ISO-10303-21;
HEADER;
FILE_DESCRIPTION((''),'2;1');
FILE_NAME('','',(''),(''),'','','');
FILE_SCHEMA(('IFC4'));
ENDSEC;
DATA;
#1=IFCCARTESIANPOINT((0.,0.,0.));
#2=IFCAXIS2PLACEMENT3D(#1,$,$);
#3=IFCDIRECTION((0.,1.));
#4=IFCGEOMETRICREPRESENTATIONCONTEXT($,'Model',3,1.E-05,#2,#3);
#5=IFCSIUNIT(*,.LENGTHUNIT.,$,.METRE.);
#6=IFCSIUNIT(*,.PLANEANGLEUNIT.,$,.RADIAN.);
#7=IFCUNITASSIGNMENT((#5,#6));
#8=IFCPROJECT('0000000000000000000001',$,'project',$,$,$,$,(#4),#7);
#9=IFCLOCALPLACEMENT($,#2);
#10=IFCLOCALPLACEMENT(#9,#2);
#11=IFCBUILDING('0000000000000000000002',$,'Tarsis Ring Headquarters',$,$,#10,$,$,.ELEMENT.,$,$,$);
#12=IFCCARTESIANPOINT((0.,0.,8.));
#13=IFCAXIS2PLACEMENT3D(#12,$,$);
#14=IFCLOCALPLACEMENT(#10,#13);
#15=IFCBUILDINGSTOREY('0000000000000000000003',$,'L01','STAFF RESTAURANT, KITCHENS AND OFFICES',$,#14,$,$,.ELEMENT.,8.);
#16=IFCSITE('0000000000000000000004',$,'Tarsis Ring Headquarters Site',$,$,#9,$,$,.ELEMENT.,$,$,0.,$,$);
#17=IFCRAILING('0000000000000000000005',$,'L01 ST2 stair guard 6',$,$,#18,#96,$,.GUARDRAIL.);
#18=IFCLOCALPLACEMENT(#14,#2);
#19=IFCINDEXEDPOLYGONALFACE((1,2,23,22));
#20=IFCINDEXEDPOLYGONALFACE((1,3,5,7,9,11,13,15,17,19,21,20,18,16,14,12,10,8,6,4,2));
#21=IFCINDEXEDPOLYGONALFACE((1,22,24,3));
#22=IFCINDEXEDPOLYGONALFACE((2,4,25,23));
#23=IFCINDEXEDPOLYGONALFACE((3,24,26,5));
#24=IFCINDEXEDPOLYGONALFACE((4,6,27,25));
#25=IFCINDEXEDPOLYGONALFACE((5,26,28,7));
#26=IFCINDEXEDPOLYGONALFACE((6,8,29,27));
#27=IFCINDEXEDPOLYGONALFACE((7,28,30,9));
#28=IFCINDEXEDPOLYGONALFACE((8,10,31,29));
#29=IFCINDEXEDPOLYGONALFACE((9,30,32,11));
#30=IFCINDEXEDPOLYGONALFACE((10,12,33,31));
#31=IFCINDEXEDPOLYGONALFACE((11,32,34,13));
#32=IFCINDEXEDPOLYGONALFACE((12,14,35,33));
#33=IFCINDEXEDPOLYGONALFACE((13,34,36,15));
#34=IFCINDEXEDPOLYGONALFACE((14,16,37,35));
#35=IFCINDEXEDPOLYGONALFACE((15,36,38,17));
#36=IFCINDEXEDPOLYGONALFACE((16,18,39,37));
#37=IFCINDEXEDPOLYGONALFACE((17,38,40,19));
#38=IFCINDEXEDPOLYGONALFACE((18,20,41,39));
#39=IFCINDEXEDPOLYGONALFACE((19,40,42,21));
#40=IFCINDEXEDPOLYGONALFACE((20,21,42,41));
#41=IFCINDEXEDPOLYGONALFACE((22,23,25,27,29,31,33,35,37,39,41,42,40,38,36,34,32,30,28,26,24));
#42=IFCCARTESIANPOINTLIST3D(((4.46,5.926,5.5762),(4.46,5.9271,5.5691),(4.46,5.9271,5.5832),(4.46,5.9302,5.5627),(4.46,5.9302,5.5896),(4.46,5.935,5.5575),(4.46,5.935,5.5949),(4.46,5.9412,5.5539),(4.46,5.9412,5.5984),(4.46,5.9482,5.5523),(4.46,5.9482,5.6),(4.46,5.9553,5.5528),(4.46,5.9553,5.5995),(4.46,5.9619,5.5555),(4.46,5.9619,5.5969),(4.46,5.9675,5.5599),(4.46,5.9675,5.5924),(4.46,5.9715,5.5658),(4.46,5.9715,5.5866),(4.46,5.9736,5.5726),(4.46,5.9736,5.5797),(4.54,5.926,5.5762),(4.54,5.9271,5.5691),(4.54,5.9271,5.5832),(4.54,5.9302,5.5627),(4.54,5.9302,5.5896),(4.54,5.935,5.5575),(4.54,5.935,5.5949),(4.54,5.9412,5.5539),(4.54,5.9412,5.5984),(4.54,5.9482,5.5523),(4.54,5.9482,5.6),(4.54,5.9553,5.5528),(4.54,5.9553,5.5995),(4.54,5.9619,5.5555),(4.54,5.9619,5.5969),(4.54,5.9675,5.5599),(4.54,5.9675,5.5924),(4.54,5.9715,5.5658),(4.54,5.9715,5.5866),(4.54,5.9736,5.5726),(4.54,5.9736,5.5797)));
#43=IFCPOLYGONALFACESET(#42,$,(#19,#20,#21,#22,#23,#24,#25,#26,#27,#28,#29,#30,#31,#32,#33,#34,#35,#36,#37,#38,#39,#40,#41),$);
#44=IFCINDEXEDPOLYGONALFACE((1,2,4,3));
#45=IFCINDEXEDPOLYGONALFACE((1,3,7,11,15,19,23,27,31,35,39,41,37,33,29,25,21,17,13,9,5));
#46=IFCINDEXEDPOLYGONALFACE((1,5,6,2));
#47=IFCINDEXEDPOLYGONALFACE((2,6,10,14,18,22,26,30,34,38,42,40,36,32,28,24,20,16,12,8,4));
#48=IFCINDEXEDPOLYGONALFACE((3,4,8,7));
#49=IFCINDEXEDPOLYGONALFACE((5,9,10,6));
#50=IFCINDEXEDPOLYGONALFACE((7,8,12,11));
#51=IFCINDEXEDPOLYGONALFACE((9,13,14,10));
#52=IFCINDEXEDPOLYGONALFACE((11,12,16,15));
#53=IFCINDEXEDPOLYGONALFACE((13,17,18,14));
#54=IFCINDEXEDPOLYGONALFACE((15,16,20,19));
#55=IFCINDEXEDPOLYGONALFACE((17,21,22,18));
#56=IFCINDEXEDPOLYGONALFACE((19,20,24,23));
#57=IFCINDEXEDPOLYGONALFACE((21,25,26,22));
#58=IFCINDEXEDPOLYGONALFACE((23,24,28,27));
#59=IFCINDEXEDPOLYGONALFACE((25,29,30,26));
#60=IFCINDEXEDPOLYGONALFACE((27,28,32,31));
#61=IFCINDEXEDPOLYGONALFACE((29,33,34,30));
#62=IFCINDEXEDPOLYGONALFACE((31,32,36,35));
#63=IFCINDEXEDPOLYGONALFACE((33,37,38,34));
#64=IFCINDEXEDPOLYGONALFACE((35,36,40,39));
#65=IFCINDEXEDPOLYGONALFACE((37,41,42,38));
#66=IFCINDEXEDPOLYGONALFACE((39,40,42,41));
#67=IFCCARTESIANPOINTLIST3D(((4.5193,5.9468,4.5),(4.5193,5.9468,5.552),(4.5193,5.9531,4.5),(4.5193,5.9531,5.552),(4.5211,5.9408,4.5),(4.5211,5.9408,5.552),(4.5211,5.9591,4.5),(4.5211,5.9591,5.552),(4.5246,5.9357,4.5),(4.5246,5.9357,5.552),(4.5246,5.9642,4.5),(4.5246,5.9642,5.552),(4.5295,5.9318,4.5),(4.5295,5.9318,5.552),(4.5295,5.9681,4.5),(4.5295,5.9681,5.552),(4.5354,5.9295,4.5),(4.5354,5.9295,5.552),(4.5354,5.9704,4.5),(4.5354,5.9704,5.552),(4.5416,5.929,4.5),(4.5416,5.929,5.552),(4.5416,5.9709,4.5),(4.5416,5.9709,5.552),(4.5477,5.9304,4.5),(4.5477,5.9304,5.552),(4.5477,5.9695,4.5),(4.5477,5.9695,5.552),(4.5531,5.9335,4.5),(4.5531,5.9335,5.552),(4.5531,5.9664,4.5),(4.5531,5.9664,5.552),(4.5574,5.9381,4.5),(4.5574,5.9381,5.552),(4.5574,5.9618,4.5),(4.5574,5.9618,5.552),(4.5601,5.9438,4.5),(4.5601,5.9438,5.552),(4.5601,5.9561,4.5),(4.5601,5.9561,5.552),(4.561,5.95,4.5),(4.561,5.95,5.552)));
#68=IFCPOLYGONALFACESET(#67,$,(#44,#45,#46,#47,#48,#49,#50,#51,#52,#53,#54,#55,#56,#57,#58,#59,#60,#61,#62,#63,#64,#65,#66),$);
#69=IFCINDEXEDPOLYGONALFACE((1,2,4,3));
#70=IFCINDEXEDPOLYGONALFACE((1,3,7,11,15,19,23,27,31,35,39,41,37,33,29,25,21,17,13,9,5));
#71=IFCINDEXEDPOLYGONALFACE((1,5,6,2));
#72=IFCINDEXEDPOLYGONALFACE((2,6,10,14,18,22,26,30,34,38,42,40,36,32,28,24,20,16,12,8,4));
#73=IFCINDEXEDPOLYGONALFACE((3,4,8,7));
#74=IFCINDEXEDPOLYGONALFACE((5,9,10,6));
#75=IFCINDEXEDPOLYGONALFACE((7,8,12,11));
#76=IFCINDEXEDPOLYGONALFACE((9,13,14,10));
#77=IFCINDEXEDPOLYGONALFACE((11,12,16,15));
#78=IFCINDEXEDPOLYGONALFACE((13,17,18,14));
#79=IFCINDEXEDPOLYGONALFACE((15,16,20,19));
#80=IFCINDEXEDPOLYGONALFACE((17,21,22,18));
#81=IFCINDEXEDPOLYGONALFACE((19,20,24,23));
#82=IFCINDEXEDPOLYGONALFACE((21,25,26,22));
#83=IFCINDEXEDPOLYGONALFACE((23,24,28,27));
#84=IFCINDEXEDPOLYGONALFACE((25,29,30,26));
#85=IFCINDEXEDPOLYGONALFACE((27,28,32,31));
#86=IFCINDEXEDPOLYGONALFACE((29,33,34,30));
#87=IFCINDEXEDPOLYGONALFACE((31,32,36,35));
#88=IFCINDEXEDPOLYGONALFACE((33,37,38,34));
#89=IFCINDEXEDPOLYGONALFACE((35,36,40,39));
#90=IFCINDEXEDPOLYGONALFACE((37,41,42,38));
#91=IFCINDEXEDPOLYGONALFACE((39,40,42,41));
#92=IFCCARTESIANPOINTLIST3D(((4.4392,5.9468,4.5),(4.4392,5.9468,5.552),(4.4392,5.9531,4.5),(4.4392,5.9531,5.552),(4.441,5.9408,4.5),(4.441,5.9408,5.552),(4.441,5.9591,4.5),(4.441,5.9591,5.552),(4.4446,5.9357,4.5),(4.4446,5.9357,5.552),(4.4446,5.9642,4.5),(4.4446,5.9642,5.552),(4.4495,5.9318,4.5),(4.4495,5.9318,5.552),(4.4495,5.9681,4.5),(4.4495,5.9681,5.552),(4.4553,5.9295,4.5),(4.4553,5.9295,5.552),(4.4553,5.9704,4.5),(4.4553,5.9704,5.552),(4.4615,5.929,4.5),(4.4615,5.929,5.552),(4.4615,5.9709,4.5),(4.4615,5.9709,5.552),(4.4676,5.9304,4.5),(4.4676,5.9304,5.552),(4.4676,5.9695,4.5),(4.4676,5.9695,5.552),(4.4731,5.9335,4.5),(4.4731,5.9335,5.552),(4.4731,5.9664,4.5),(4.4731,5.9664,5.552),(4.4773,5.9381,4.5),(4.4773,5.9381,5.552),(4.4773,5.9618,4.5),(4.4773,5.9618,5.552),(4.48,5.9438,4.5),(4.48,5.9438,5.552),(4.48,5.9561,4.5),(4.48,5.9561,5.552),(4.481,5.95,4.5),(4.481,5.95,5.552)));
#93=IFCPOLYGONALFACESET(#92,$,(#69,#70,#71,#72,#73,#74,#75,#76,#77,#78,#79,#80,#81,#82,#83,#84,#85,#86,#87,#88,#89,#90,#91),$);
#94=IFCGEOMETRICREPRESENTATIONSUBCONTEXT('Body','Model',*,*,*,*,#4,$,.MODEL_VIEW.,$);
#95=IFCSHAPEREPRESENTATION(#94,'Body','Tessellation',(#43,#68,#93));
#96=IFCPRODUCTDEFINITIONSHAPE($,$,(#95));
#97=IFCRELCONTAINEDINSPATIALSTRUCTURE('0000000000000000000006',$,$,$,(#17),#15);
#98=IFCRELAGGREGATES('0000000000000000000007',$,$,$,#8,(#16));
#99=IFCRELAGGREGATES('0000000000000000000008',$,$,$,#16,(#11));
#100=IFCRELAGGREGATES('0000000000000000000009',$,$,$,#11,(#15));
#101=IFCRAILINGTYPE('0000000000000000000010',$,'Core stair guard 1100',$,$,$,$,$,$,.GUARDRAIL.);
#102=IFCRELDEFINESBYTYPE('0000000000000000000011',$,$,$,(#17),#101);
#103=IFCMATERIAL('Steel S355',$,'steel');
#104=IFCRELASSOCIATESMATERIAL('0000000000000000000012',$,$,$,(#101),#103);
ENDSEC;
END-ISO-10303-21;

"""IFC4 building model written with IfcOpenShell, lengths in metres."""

from ifc_helpers import new_model, si_unit, direction, frame, origin, origin_2d, place, context, subcontext, project, spatial, circle, extrude, material, type_object, element, save


model = new_model("IFC4")

# Units and contexts
model_context = context("Model", 3, precision=1e-05, world=origin(), true_north=direction((0.0, 1.0)))
body_context = subcontext(model_context, "Body", "Model", "MODEL_VIEW")
ifc_project = project(units=[si_unit("LENGTHUNIT", "METRE"), si_unit("PLANEANGLEUNIT", "RADIAN")], contexts=[model_context])

# Site, building, storey
site_placement = place(None, origin())
site = spatial("IfcSite", under=ifc_project, at=site_placement, Name="Tarsis Ring Headquarters Site", CompositionType="ELEMENT", RefElevation=0.0)
building_placement = place(site_placement, origin())
building = spatial("IfcBuilding", under=site, at=building_placement, Name="Tarsis Ring Headquarters", CompositionType="ELEMENT")
storey_placement = place(building_placement, frame((0.0, 0.0, 8.0)))
storey = spatial("IfcBuildingStorey", under=building, at=storey_placement, Name="L01", Description="STAFF RESTAURANT, KITCHENS AND OFFICES", CompositionType="ELEMENT", Elevation=8.0)

# Railing
ifc_material_1 = material(Name="Steel S355", Category="steel")
railing_type_1 = type_object("IfcRailingType", Name="Core stair guard 1100", PredefinedType="GUARDRAIL", material=ifc_material_1)
railing_1_placement = place(storey_placement, frame((4.54, 5.95, 4.5)))
element("IfcRailing", 1, at=railing_1_placement, inside=storey, type_object=railing_type_1, Name="L01 ST2 stair guard 6", PredefinedType="GUARDRAIL", context=body_context, shape_type="SweptSolid", body=[
    extrude(circle(Radius=0.0239, at=origin_2d()), frame((0.0, 0.0, 1.0762), z_axis=(-1.0, 0.0, 0.0), x_axis=(0.0, -1.0, 0.0)), (0.0, 0.0, 1.0), 0.0801),
    extrude(circle(Radius=0.021, at=origin_2d()), origin(), (0.0, 0.0, 1.0), 1.052),
    extrude(circle(Radius=0.021, at=origin_2d()), frame((-0.0801, 0.0, 0.0)), (0.0, 0.0, 1.0), 1.052),
])

save(model, "model.ifc")
